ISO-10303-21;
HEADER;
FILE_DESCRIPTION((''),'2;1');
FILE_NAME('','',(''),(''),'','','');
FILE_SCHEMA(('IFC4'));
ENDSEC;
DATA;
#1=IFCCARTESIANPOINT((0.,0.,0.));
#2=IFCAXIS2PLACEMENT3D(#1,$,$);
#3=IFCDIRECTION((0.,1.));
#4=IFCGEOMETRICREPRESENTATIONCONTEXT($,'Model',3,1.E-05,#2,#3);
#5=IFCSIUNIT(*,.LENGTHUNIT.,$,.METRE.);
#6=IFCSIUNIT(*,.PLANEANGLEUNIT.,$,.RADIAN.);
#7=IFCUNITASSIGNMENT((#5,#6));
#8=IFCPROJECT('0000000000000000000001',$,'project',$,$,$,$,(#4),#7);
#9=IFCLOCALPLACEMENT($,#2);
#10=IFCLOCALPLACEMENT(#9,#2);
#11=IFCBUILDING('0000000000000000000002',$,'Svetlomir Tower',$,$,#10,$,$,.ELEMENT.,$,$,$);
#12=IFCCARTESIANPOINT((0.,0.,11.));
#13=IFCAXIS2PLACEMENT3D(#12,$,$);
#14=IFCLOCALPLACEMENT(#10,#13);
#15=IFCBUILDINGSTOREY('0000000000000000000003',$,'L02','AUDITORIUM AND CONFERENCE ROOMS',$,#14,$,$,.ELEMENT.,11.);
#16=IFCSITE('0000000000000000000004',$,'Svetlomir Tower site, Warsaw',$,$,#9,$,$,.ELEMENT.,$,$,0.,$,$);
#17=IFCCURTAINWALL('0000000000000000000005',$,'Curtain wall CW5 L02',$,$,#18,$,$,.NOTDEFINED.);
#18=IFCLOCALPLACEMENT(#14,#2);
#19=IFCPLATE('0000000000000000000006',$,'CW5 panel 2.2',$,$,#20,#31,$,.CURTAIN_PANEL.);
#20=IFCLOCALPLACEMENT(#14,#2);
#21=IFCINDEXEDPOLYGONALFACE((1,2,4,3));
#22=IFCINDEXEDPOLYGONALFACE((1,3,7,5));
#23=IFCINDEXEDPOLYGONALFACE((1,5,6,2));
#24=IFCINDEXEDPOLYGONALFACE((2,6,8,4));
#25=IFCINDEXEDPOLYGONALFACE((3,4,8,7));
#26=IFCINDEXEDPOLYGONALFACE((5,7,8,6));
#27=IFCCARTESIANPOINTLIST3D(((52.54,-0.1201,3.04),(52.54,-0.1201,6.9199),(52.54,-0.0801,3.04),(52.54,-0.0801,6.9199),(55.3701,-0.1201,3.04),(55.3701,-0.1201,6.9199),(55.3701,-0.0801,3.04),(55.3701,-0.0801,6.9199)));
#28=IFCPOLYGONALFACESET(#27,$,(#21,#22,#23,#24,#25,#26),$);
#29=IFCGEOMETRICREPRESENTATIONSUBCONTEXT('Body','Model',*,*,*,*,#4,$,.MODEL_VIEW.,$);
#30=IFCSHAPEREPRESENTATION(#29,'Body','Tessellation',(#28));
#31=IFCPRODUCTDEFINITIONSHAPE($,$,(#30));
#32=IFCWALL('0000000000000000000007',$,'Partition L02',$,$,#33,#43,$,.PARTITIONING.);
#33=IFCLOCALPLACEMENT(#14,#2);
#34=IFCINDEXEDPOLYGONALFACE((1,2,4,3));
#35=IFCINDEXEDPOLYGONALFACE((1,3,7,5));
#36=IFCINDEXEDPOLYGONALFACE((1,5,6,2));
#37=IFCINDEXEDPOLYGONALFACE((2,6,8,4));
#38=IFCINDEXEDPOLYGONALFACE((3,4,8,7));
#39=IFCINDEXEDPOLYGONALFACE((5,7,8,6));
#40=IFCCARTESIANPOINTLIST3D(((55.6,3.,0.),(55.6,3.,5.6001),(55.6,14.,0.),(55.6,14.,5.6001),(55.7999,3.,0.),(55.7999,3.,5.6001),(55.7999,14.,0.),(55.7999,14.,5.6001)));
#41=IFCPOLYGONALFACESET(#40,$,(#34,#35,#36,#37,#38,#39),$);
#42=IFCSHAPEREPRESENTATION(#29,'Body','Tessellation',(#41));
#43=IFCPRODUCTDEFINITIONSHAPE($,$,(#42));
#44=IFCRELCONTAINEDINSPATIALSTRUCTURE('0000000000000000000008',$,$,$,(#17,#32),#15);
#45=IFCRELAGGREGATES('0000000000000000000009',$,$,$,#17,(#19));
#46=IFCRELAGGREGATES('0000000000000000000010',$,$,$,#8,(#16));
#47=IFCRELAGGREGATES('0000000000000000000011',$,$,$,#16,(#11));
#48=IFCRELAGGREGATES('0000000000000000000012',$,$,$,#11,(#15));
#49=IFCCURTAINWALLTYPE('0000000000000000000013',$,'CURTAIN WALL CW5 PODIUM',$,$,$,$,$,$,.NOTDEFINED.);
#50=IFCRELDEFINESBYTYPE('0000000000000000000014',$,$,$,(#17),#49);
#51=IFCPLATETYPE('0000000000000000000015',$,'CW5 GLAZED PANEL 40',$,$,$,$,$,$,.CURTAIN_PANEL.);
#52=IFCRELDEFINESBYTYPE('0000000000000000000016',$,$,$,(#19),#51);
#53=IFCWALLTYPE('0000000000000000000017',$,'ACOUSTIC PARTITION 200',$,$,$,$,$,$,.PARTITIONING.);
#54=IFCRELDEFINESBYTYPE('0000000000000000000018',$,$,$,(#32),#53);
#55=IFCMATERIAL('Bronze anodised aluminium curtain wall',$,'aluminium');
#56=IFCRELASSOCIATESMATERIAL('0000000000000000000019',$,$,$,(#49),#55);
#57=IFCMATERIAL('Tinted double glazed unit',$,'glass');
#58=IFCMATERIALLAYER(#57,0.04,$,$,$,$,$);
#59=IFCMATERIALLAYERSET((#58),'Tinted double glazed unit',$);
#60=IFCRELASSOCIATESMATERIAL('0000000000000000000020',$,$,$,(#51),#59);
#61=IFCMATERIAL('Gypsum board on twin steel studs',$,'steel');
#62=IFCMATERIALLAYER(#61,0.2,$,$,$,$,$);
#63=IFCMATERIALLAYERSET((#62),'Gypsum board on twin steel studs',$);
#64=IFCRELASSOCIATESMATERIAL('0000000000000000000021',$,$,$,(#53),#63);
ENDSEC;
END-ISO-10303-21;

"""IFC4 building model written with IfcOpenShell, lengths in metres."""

from ifc_helpers import new_model, si_unit, direction, frame, frame_2d, origin, origin_2d, place, context, subcontext, project, spatial, rectangle, extrude, material, layer, layer_set, type_object, element, aggregate, save


model = new_model("IFC4")

# Units and contexts
model_context = context("Model", 3, precision=1e-05, world=origin(), true_north=direction((0.0, 1.0)))
body_context = subcontext(model_context, "Body", "Model", "MODEL_VIEW")
ifc_project = project(units=[si_unit("LENGTHUNIT", "METRE"), si_unit("PLANEANGLEUNIT", "RADIAN")], contexts=[model_context])

# Site, building, storey
site_placement = place(None, origin())
site = spatial("IfcSite", under=ifc_project, at=site_placement, Name="Svetlomir Tower site, Warsaw", CompositionType="ELEMENT", RefElevation=0.0)
building_placement = place(site_placement, origin())
building = spatial("IfcBuilding", under=site, at=building_placement, Name="Svetlomir Tower", CompositionType="ELEMENT")
storey_placement = place(building_placement, frame((0.0, 0.0, 11.0)))
storey = spatial("IfcBuildingStorey", under=building, at=storey_placement, Name="L02", Description="AUDITORIUM AND CONFERENCE ROOMS", CompositionType="ELEMENT", Elevation=11.0)

# Shared definitions
ifc_material_1 = material(Name="Bronze anodised aluminium curtain wall", Category="aluminium")
curtain_wall_type = type_object("IfcCurtainWallType", Name="CURTAIN WALL CW5 PODIUM", PredefinedType="NOTDEFINED", material=ifc_material_1)

# Curtain wall
curtain_wall_1_placement = place(storey_placement, origin())
curtain_wall_1 = element("IfcCurtainWall", 1, at=curtain_wall_1_placement, inside=storey, type_object=curtain_wall_type, Name="Curtain wall CW5 L02", PredefinedType="NOTDEFINED")

# Plate
ifc_material_2 = material(Name="Tinted double glazed unit", Category="glass")
ifc_layer_1 = layer(ifc_material_2, 0.04)
ifc_layer_set_1 = layer_set([ifc_layer_1], Name="Tinted double glazed unit")
plate_type = type_object("IfcPlateType", Name="CW5 GLAZED PANEL 40", PredefinedType="CURTAIN_PANEL", material=ifc_layer_set_1)
plate_1_placement = place(storey_placement, frame((53.9551, -0.1001, 3.04), z_axis=(0.0, 0.0, 1.0), x_axis=(1.0, 0.0, 0.0)))
plate_1 = element("IfcPlate", 2, at=plate_1_placement, type_object=plate_type, Name="CW5 panel 2.2", PredefinedType="CURTAIN_PANEL", context=body_context, shape_type="SweptSolid", body=[
    extrude(rectangle(XDim=2.8301, YDim=0.04, at=origin_2d()), origin(), (0.0, 0.0, 1.0), 3.8799),
])
aggregate(curtain_wall_1, [plate_1])

# Wall
ifc_material_3 = material(Name="Gypsum board on twin steel studs", Category="steel")
ifc_layer_2 = layer(ifc_material_3, 0.2)
ifc_layer_set_2 = layer_set([ifc_layer_2], Name="Gypsum board on twin steel studs")
wall_type = type_object("IfcWallType", Name="ACOUSTIC PARTITION 200", PredefinedType="PARTITIONING", material=ifc_layer_set_2)
wall_placement = place(storey_placement, frame((55.7, 3.0, 0.0), z_axis=(0.0, 0.0, 1.0), x_axis=(0.0, 1.0, 0.0)))
element("IfcWall", 3, at=wall_placement, inside=storey, type_object=wall_type, Name="Partition L02", PredefinedType="PARTITIONING", context=body_context, shape_type="SweptSolid", body=[
    extrude(rectangle(XDim=11.0, YDim=0.2, at=frame_2d((5.5, 0.0))), origin(), (0.0, 0.0, 1.0), 5.6001),
])

save(model, "model.ifc")
